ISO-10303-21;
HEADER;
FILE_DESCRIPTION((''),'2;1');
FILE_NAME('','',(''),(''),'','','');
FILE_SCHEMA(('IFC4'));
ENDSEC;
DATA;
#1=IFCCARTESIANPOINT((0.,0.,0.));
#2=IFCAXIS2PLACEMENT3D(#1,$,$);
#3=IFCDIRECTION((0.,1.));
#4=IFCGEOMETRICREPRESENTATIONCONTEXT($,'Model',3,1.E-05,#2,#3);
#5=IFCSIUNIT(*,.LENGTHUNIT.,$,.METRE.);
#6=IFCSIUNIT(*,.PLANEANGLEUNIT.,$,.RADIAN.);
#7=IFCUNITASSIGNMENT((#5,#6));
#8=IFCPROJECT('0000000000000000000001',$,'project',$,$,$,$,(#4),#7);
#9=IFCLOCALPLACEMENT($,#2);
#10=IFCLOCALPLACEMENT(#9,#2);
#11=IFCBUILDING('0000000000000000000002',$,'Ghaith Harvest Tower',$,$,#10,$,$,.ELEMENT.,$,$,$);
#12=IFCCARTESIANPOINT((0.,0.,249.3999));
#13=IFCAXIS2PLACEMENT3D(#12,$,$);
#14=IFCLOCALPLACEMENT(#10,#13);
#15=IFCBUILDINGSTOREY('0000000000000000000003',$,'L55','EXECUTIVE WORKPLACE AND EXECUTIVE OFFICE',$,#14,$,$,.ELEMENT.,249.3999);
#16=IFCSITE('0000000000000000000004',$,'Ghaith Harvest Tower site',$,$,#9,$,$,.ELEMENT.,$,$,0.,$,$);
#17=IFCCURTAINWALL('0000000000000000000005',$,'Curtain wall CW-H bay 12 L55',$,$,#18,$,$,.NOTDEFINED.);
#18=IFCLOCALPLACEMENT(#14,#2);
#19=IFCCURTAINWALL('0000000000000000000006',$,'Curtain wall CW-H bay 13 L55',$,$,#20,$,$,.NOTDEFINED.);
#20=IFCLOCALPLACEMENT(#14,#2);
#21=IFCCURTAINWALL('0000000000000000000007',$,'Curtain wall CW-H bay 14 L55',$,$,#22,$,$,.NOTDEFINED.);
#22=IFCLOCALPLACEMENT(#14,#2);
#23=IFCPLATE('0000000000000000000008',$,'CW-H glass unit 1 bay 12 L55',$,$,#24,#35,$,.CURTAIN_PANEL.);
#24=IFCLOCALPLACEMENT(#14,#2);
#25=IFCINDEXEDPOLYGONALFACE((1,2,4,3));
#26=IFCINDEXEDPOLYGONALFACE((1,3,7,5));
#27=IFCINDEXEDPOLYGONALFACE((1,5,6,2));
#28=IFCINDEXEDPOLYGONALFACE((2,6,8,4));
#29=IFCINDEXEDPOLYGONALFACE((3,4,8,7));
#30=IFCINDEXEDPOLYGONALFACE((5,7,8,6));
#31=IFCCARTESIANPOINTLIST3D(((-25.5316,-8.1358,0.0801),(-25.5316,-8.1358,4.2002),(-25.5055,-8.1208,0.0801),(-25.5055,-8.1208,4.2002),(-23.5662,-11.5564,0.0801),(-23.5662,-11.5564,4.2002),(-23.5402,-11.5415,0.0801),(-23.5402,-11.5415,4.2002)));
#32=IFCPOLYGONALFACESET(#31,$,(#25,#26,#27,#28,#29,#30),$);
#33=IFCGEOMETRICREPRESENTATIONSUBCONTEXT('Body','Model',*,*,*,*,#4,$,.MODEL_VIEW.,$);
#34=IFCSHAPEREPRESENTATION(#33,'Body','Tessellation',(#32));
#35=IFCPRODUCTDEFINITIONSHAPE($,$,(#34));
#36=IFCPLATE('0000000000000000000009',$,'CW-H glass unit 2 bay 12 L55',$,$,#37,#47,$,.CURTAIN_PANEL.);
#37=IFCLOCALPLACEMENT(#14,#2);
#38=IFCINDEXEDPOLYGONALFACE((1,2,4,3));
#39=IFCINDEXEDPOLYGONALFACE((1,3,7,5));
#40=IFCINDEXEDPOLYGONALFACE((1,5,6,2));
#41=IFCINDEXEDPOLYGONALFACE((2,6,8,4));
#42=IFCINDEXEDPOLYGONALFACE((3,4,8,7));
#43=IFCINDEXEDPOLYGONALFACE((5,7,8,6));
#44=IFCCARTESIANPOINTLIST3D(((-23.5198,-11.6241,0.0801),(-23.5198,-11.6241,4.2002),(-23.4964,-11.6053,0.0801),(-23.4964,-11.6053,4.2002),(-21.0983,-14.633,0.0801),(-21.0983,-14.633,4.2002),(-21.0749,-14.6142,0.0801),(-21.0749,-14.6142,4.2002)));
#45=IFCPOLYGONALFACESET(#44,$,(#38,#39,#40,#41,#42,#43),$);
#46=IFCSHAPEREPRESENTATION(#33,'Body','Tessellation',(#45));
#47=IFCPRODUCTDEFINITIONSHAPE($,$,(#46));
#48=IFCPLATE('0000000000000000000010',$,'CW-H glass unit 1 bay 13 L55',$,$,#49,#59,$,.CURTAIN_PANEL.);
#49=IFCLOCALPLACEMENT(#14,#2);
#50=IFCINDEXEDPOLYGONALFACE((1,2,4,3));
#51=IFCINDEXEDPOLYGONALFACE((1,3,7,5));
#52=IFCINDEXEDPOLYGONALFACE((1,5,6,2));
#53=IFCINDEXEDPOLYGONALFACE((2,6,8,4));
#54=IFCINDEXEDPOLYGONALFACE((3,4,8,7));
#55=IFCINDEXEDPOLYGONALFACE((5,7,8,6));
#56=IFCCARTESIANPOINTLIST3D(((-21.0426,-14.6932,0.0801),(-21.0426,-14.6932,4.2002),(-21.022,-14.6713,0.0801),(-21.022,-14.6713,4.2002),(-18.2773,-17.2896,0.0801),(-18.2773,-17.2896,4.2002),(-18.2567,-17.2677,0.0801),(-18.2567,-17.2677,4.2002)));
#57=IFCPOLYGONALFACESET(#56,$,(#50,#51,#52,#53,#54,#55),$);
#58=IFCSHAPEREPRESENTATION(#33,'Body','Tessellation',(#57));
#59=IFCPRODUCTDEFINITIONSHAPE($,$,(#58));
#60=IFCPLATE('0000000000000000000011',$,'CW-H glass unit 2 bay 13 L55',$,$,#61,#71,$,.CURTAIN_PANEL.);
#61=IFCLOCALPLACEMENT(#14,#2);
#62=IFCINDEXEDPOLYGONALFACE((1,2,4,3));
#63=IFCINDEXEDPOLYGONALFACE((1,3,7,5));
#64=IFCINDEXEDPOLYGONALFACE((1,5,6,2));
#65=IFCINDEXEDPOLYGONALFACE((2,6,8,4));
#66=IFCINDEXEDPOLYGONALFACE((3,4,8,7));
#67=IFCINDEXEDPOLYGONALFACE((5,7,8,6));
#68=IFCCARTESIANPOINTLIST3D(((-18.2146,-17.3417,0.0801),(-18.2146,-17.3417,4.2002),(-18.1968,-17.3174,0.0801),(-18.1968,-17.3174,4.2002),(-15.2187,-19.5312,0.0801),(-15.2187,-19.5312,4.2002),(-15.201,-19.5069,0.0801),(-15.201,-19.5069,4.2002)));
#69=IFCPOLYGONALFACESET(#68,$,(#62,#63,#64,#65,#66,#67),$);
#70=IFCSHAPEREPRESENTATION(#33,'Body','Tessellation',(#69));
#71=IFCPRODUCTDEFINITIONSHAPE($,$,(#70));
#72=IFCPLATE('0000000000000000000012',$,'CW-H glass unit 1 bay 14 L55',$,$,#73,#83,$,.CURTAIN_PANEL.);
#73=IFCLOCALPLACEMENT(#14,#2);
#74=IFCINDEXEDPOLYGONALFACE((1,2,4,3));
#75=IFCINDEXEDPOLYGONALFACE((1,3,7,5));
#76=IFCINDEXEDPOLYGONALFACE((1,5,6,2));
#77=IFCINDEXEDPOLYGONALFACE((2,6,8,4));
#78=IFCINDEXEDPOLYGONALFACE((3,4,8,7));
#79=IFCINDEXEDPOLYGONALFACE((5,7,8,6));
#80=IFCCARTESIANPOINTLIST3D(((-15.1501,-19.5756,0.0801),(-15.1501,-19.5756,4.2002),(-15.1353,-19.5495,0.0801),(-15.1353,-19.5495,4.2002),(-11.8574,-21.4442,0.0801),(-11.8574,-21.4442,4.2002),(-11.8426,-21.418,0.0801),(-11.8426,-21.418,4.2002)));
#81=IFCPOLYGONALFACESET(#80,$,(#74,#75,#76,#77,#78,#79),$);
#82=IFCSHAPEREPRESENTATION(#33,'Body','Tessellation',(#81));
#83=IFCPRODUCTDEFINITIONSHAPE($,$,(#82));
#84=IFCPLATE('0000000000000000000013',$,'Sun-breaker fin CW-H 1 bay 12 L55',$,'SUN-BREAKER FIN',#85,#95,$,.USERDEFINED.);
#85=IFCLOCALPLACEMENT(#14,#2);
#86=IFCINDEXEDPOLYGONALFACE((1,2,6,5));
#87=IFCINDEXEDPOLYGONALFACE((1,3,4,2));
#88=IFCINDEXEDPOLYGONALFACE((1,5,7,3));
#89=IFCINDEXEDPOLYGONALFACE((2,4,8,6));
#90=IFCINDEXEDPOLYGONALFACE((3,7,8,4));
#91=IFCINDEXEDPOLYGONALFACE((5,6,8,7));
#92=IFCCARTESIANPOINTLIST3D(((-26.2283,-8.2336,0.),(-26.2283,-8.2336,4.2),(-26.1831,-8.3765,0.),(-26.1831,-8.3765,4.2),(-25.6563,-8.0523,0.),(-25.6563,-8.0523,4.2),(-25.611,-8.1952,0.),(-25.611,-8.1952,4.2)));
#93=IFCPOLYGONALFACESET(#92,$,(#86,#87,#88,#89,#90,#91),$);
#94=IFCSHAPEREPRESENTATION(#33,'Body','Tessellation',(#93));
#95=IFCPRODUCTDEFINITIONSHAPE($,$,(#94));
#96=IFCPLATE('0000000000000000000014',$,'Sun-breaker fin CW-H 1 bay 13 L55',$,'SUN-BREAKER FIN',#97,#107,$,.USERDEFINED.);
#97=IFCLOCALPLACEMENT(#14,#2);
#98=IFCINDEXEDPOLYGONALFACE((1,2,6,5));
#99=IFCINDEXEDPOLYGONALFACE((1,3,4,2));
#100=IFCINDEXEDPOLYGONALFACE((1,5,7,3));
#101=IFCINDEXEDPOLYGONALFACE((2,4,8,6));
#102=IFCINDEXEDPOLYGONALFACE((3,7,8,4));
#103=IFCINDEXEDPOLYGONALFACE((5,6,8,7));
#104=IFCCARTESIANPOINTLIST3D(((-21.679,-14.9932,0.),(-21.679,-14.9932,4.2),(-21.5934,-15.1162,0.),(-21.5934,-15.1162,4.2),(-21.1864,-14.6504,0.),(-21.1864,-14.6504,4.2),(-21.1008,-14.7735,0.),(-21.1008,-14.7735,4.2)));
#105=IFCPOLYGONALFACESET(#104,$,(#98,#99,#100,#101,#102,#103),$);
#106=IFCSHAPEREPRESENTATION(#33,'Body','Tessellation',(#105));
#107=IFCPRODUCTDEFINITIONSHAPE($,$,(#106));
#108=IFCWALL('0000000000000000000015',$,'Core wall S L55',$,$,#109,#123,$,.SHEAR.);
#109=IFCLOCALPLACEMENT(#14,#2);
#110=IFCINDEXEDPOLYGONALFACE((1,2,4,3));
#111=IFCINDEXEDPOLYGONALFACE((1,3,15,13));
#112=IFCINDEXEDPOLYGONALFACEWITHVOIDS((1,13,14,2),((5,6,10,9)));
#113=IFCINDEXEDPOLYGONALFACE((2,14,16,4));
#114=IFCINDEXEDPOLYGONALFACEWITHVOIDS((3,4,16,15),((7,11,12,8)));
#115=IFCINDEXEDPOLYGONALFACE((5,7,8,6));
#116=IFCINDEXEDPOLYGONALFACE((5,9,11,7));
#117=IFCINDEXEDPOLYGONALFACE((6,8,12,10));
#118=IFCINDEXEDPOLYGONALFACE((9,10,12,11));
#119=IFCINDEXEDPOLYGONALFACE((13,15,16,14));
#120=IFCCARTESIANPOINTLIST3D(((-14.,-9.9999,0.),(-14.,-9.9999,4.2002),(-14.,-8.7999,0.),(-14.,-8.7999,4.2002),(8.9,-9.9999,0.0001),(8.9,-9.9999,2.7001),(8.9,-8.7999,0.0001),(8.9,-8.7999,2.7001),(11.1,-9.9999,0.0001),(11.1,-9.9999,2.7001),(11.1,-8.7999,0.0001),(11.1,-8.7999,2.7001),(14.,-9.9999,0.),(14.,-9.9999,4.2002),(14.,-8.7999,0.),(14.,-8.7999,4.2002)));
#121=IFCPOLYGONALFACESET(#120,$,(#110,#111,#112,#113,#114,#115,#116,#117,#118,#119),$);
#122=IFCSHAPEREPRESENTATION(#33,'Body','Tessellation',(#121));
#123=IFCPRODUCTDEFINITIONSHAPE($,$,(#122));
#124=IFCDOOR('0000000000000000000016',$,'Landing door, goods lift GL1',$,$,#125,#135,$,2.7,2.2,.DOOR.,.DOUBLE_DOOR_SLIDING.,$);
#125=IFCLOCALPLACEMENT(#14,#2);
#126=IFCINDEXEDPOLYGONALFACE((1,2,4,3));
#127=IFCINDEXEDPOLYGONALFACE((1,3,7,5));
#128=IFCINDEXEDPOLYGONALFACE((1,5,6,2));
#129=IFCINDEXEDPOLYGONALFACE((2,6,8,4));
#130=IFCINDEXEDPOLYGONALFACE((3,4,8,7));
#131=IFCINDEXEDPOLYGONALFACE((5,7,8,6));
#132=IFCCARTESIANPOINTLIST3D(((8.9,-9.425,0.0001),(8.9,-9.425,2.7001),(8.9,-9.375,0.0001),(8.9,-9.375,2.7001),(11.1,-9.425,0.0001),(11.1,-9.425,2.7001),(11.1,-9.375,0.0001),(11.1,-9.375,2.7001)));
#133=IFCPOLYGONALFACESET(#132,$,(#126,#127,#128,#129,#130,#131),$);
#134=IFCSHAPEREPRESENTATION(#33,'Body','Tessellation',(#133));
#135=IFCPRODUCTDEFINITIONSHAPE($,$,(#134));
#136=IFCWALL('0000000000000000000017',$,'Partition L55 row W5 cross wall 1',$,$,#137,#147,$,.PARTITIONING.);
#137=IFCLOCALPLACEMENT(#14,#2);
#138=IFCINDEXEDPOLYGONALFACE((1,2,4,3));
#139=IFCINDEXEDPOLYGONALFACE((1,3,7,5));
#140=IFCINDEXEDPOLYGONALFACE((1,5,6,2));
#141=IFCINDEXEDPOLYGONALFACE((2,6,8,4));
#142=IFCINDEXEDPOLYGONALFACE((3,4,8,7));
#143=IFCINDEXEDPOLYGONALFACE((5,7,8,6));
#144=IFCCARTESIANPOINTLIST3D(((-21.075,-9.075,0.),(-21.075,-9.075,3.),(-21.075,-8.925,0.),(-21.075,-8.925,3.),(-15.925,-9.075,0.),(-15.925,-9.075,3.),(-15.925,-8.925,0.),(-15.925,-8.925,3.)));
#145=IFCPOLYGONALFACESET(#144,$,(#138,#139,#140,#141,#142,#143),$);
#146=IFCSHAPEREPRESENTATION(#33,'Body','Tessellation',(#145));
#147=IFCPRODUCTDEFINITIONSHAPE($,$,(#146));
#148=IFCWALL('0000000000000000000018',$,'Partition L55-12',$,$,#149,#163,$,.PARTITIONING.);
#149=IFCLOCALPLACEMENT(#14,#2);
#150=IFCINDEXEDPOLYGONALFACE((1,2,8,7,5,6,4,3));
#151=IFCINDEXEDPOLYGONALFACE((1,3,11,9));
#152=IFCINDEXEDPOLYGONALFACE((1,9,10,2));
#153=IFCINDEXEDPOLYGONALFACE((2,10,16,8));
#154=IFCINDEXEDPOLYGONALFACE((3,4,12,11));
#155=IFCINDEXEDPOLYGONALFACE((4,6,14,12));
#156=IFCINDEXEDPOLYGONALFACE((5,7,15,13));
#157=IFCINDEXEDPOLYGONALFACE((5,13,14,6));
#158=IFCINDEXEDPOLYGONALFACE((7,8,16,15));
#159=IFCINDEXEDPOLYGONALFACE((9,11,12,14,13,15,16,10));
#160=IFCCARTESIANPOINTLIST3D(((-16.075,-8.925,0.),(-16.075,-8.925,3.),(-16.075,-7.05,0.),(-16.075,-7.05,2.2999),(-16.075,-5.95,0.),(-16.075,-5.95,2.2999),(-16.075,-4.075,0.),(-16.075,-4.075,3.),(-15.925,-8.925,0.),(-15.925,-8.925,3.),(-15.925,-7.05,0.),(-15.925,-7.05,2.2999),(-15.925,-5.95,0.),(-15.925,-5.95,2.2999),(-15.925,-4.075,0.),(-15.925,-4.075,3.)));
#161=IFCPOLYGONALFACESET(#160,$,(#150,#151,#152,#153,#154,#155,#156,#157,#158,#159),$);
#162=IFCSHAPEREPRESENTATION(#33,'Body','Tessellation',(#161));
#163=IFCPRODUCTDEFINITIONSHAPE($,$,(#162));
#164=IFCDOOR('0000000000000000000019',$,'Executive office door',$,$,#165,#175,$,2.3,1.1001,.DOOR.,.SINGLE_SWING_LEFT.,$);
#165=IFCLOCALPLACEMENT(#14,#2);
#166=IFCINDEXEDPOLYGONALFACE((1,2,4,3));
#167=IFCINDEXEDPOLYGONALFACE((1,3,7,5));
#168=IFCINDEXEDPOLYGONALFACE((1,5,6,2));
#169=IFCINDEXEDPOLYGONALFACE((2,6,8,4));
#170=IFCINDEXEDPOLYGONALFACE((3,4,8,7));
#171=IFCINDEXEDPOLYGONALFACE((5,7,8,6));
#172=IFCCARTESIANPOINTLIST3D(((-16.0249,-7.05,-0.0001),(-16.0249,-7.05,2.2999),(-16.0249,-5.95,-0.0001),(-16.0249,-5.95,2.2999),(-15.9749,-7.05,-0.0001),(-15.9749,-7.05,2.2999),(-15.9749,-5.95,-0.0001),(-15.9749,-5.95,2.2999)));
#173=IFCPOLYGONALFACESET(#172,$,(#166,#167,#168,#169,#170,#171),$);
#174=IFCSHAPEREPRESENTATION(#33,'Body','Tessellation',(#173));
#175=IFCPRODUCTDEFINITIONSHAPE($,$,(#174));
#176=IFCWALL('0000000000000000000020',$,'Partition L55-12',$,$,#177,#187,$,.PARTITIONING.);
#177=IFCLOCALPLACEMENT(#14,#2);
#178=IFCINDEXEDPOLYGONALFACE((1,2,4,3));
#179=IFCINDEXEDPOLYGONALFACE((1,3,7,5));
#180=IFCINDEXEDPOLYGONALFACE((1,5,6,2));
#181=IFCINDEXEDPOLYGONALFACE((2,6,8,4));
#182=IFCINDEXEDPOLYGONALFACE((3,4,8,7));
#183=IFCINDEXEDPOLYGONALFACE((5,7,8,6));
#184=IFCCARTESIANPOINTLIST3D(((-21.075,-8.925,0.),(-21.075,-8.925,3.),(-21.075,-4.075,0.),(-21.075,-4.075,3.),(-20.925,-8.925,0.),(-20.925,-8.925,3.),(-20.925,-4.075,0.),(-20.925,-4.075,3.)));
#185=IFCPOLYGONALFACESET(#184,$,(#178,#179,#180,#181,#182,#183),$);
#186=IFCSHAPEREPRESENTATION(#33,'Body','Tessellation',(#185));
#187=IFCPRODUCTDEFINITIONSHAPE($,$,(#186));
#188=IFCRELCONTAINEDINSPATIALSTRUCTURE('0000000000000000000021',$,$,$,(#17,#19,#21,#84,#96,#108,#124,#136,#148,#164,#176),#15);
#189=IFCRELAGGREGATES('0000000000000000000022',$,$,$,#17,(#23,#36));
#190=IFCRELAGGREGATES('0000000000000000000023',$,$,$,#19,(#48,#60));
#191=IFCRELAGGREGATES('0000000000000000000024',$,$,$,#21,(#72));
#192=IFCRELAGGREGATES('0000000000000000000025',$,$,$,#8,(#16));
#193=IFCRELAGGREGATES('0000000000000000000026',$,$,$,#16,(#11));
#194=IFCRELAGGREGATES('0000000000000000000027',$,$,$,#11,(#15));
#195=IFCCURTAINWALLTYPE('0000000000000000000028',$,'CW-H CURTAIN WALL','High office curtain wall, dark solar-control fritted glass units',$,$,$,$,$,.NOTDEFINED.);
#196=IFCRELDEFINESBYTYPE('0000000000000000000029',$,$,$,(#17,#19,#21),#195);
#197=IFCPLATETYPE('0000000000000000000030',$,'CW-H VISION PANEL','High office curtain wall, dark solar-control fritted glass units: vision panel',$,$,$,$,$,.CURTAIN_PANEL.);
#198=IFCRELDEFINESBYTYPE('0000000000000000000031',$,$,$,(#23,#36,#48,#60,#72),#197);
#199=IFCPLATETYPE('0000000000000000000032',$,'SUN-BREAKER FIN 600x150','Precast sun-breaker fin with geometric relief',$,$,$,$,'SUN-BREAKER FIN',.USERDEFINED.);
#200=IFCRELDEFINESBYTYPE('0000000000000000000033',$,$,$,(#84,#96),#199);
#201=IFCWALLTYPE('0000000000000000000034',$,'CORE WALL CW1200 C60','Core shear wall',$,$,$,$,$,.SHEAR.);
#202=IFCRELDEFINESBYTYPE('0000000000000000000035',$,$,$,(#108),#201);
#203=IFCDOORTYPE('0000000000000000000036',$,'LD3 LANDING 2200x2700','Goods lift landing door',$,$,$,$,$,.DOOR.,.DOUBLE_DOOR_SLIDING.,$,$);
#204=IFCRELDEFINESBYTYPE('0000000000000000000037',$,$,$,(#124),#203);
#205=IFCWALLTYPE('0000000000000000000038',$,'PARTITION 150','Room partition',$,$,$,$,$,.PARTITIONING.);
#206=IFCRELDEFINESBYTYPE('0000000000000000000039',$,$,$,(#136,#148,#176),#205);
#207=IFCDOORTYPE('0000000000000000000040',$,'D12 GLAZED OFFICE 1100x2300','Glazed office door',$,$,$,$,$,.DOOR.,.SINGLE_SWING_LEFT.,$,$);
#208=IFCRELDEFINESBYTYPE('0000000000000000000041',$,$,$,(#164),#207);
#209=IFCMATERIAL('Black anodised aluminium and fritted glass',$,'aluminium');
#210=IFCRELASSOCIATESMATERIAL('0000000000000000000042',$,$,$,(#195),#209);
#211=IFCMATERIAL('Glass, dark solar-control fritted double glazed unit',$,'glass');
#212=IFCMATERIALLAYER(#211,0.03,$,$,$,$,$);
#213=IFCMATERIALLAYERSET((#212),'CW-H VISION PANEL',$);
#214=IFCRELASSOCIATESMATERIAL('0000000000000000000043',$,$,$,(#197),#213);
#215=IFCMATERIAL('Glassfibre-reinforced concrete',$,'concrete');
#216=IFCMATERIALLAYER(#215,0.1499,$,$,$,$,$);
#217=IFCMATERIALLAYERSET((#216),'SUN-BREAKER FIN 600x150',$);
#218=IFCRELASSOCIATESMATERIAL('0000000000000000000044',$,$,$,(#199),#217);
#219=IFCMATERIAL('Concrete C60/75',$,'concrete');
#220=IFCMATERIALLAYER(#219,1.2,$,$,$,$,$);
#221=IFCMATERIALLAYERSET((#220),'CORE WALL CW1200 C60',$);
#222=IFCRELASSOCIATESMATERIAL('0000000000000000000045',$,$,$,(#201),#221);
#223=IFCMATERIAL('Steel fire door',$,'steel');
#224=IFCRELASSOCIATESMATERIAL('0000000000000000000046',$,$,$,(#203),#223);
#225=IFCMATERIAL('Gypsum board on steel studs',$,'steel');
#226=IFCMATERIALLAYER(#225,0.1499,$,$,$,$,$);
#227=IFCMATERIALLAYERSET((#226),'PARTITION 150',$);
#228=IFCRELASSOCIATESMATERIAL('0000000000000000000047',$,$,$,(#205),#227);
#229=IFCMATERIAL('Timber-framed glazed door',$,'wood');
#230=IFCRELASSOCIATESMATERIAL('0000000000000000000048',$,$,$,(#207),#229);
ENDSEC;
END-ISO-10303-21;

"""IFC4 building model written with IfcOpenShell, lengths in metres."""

from ifc_helpers import new_model, si_unit, direction, frame, frame_2d, origin, origin_2d, place, context, subcontext, project, spatial, rectangle, extrude, material, layer, layer_set, type_object, element, fill, aggregate, save


model = new_model("IFC4")

# Units and contexts
model_context = context("Model", 3, precision=1e-05, world=origin(), true_north=direction((0.0, 1.0)))
body_context = subcontext(model_context, "Body", "Model", "MODEL_VIEW")
ifc_project = project(units=[si_unit("LENGTHUNIT", "METRE"), si_unit("PLANEANGLEUNIT", "RADIAN")], contexts=[model_context])

# Site, building, storey
site_placement = place(None, origin())
site = spatial("IfcSite", under=ifc_project, at=site_placement, Name="Ghaith Harvest Tower site", CompositionType="ELEMENT", RefElevation=0.0)
building_placement = place(site_placement, origin())
building = spatial("IfcBuilding", under=site, at=building_placement, Name="Ghaith Harvest Tower", CompositionType="ELEMENT")
storey_placement = place(building_placement, frame((0.0, 0.0, 249.3999)))
storey = spatial("IfcBuildingStorey", under=building, at=storey_placement, Name="L55", Description="EXECUTIVE WORKPLACE AND EXECUTIVE OFFICE", CompositionType="ELEMENT", Elevation=249.3999)

# Curtain wall
ifc_material_1 = material(Name="Black anodised aluminium and fritted glass", Category="aluminium")
curtain_wall_type = type_object("IfcCurtainWallType", Name="CW-H CURTAIN WALL", Description="High office curtain wall, dark solar-control fritted glass units", PredefinedType="NOTDEFINED", material=ifc_material_1)
curtain_wall_1_placement = place(storey_placement, origin())
curtain_wall_1 = element("IfcCurtainWall", 1, at=curtain_wall_1_placement, inside=storey, type_object=curtain_wall_type, Name="Curtain wall CW-H bay 12 L55", PredefinedType="NOTDEFINED")

# Curtain wall
curtain_wall_2_placement = place(storey_placement, origin())
curtain_wall_2 = element("IfcCurtainWall", 2, at=curtain_wall_2_placement, inside=storey, type_object=curtain_wall_type, Name="Curtain wall CW-H bay 13 L55", PredefinedType="NOTDEFINED")

# Curtain wall
curtain_wall_3_placement = place(storey_placement, origin())
curtain_wall_3 = element("IfcCurtainWall", 3, at=curtain_wall_3_placement, inside=storey, type_object=curtain_wall_type, Name="Curtain wall CW-H bay 14 L55", PredefinedType="NOTDEFINED")

# Plates
ifc_material_2 = material(Name="Glass, dark solar-control fritted double glazed unit", Category="glass")
ifc_layer_1 = layer(ifc_material_2, 0.03)
ifc_layer_set_1 = layer_set([ifc_layer_1], Name="CW-H VISION PANEL")
plate_type_1 = type_object("IfcPlateType", Name="CW-H VISION PANEL", Description="High office curtain wall, dark solar-control fritted glass units: vision panel", PredefinedType="CURTAIN_PANEL", material=ifc_layer_set_1)
plate_1_placement = place(storey_placement, frame((-24.5359, -9.8386, 0.0801), z_axis=(0.0, 0.0, 1.0), x_axis=(0.49818, -0.867074, 0.0)))
plate_1 = element("IfcPlate", 4, at=plate_1_placement, type_object=plate_type_1, Name="CW-H glass unit 1 bay 12 L55", PredefinedType="CURTAIN_PANEL", context=body_context, shape_type="SweptSolid", body=[
    extrude(rectangle(XDim=3.9451, YDim=0.03, at=origin_2d()), origin(), (0.0, 0.0, 1.0), 4.1201),
])
plate_2_placement = place(storey_placement, frame((-22.2974, -13.1191, 0.0801), z_axis=(0.0, 0.0, 1.0), x_axis=(0.626957, -0.779054, 0.0)))
plate_2 = element("IfcPlate", 5, at=plate_2_placement, type_object=plate_type_1, Name="CW-H glass unit 2 bay 12 L55", PredefinedType="CURTAIN_PANEL", context=body_context, shape_type="SweptSolid", body=[
    extrude(rectangle(XDim=3.8623, YDim=0.03, at=origin_2d()), origin(), (0.0, 0.0, 1.0), 4.1201),
])
aggregate(curtain_wall_1, [plate_1, plate_2])
plate_3_placement = place(storey_placement, frame((-19.6497, -15.9805, 0.0801), z_axis=(0.0, 0.0, 1.0), x_axis=(0.729017, -0.684496, 0.0)))
plate_3 = element("IfcPlate", 6, at=plate_3_placement, type_object=plate_type_1, Name="CW-H glass unit 1 bay 13 L55", PredefinedType="CURTAIN_PANEL", context=body_context, shape_type="SweptSolid", body=[
    extrude(rectangle(XDim=3.7932, YDim=0.03, at=origin_2d()), origin(), (0.0, 0.0, 1.0), 4.1201),
])
plate_4_placement = place(storey_placement, frame((-16.7078, -18.4243, 0.0801), z_axis=(0.0, 0.0, 1.0), x_axis=(0.807364, -0.590054, 0.0)))
plate_4 = element("IfcPlate", 7, at=plate_4_placement, type_object=plate_type_1, Name="CW-H glass unit 2 bay 13 L55", PredefinedType="CURTAIN_PANEL", context=body_context, shape_type="SweptSolid", body=[
    extrude(rectangle(XDim=3.7107, YDim=0.03, at=origin_2d()), origin(), (0.0, 0.0, 1.0), 4.1201),
])
aggregate(curtain_wall_2, [plate_3, plate_4])
plate_5_placement = place(storey_placement, frame((-13.4963, -20.4968, 0.0801), z_axis=(0.0, 0.0, 1.0), x_axis=(0.869715, -0.493554, 0.0)))
plate_5 = element("IfcPlate", 8, at=plate_5_placement, type_object=plate_type_1, Name="CW-H glass unit 1 bay 14 L55", PredefinedType="CURTAIN_PANEL", context=body_context, shape_type="SweptSolid", body=[
    extrude(rectangle(XDim=3.7859, YDim=0.03, at=origin_2d()), origin(), (0.0, 0.0, 1.0), 4.1201),
])
aggregate(curtain_wall_3, [plate_5])

# Plates
ifc_material_3 = material(Name="Glassfibre-reinforced concrete", Category="concrete")
ifc_layer_2 = layer(ifc_material_3, 0.1499)
ifc_layer_set_2 = layer_set([ifc_layer_2], Name="SUN-BREAKER FIN 600x150")
plate_type_2 = type_object("IfcPlateType", Name="SUN-BREAKER FIN 600x150", Description="Precast sun-breaker fin with geometric relief", ElementType="SUN-BREAKER FIN", PredefinedType="USERDEFINED", material=ifc_layer_set_2)
for number, where, z_axis, x_axis, name in (
    (9, (-25.9197, -8.2144, 0.0), (0.0, 0.0, 1.0), (-0.953273, -0.30211, 0.0), "Sun-breaker fin CW-H 1 bay 12 L55"),
    (10, (-21.3899, -14.8833, 0.0), (0.0, 0.0, 1.0), (-0.820845, -0.57115, 0.0), "Sun-breaker fin CW-H 1 bay 13 L55"),
):
    element("IfcPlate", number, at=place(storey_placement, frame(where, z_axis=z_axis, x_axis=x_axis)), inside=storey, type_object=plate_type_2, Name=name, ObjectType="SUN-BREAKER FIN", PredefinedType="USERDEFINED", context=body_context, shape_type="SweptSolid", body=[
        extrude(rectangle(XDim=0.6001, YDim=0.1499, at=origin_2d()), origin(), (0.0, 0.0, 1.0), 4.2),
    ])

# Wall, opening, door
ifc_material_4 = material(Name="Concrete C60/75", Category="concrete")
ifc_layer_3 = layer(ifc_material_4, 1.2)
ifc_layer_set_3 = layer_set([ifc_layer_3], Name="CORE WALL CW1200 C60")
wall_type_1 = type_object("IfcWallType", Name="CORE WALL CW1200 C60", Description="Core shear wall", PredefinedType="SHEAR", material=ifc_layer_set_3)
wall_1_placement = place(storey_placement, frame((-14.0, -9.3999, 0.0), z_axis=(0.0, 0.0, 1.0), x_axis=(1.0, 0.0, 0.0)))
wall_1 = element("IfcWall", 11, at=wall_1_placement, inside=storey, type_object=wall_type_1, Name="Core wall S L55", PredefinedType="SHEAR", context=body_context, shape_type="SweptSolid", body=[
    extrude(rectangle(XDim=28.0, YDim=1.2, at=frame_2d((14.0, 0.0))), origin(), (0.0, 0.0, 1.0), 4.2002),
])
opening_1_placement = place(wall_1_placement, frame((22.8999, 0.0, 0.0)))
opening_1 = element("IfcOpeningElement", 12, at=opening_1_placement, cuts=wall_1, PredefinedType="OPENING", context=body_context, shape_type="SweptSolid", body=[
    extrude(rectangle(XDim=2.2, YDim=2.7, at=frame_2d((1.1001, 1.3501))), frame((0.0, 0.6099, 0.0), z_axis=(0.0, -1.0, 0.0), x_axis=(1.0, 0.0, 0.0)), (0.0, 0.0, 1.0), 1.22),
])
ifc_material_5 = material(Name="Steel fire door", Category="steel")
door_type_1 = type_object("IfcDoorType", Name="LD3 LANDING 2200x2700", Description="Goods lift landing door", OperationType="DOUBLE_DOOR_SLIDING", PredefinedType="DOOR", material=ifc_material_5)
door_1_placement = place(opening_1_placement, origin())
door_1 = element("IfcDoor", 13, at=door_1_placement, inside=storey, type_object=door_type_1, Name="Landing door, goods lift GL1", OperationType="DOUBLE_DOOR_SLIDING", OverallHeight=2.7, OverallWidth=2.2, PredefinedType="DOOR", context=body_context, shape_type="SweptSolid", body=[
    extrude(rectangle(XDim=2.2, YDim=2.7, at=frame_2d((1.1001, 1.3501))), frame((0.0, 0.0249, 0.0), z_axis=(0.0, -1.0, 0.0), x_axis=(1.0, 0.0, 0.0)), (0.0, 0.0, 1.0), 0.05),
])
fill(opening_1, door_1)

# Wall
ifc_material_6 = material(Name="Gypsum board on steel studs", Category="steel")
ifc_layer_4 = layer(ifc_material_6, 0.1499)
ifc_layer_set_4 = layer_set([ifc_layer_4], Name="PARTITION 150")
wall_type_2 = type_object("IfcWallType", Name="PARTITION 150", Description="Room partition", PredefinedType="PARTITIONING", material=ifc_layer_set_4)
wall_2_placement = place(storey_placement, frame((-15.925, -9.0, 0.0), z_axis=(0.0, 0.0, 1.0), x_axis=(-1.0, 0.0, 0.0)))
element("IfcWall", 14, at=wall_2_placement, inside=storey, type_object=wall_type_2, Name="Partition L55 row W5 cross wall 1", PredefinedType="PARTITIONING", context=body_context, shape_type="SweptSolid", body=[
    extrude(rectangle(XDim=5.1499, YDim=0.1499, at=frame_2d((2.575, 0.0))), origin(), (0.0, 0.0, 1.0), 3.0),
])

# Wall, opening, door
wall_3_placement = place(storey_placement, frame((-16.0, -8.925, 0.0), z_axis=(0.0, 0.0, 1.0), x_axis=(0.0, 1.0, 0.0)))
wall_3 = element("IfcWall", 15, at=wall_3_placement, inside=storey, type_object=wall_type_2, Name="Partition L55-12", PredefinedType="PARTITIONING", context=body_context, shape_type="SweptSolid", body=[
    extrude(rectangle(XDim=4.8501, YDim=0.1499, at=frame_2d((2.425, 0.0))), origin(), (0.0, 0.0, 1.0), 3.0),
])
opening_2_placement = place(wall_3_placement, frame((1.875, 0.0, 0.0)))
opening_2 = element("IfcOpeningElement", 16, at=opening_2_placement, cuts=wall_3, PredefinedType="OPENING", context=body_context, shape_type="SweptSolid", body=[
    extrude(rectangle(XDim=1.1001, YDim=2.3, at=frame_2d((0.55, 1.1499))), frame((0.0, 0.085, 0.0), z_axis=(0.0, -1.0, 0.0), x_axis=(1.0, 0.0, 0.0)), (0.0, 0.0, 1.0), 0.1699),
])
ifc_material_7 = material(Name="Timber-framed glazed door", Category="wood")
door_type_2 = type_object("IfcDoorType", Name="D12 GLAZED OFFICE 1100x2300", Description="Glazed office door", OperationType="SINGLE_SWING_LEFT", PredefinedType="DOOR", material=ifc_material_7)
door_2_placement = place(opening_2_placement, origin())
door_2 = element("IfcDoor", 17, at=door_2_placement, inside=storey, type_object=door_type_2, Name="Executive office door", OperationType="SINGLE_SWING_LEFT", OverallHeight=2.3, OverallWidth=1.1001, PredefinedType="DOOR", context=body_context, shape_type="SweptSolid", body=[
    extrude(rectangle(XDim=1.1001, YDim=2.3, at=frame_2d((0.55, 1.1499))), frame((0.0, 0.0249, 0.0), z_axis=(0.0, -1.0, 0.0), x_axis=(1.0, 0.0, 0.0)), (0.0, 0.0, 1.0), 0.05),
])
fill(opening_2, door_2)

# Wall
wall_4_placement = place(storey_placement, frame((-21.0, -8.925, 0.0), z_axis=(0.0, 0.0, 1.0), x_axis=(0.0, 1.0, 0.0)))
element("IfcWall", 18, at=wall_4_placement, inside=storey, type_object=wall_type_2, Name="Partition L55-12", PredefinedType="PARTITIONING", context=body_context, shape_type="SweptSolid", body=[
    extrude(rectangle(XDim=4.8501, YDim=0.1499, at=frame_2d((2.425, 0.0))), origin(), (0.0, 0.0, 1.0), 3.0),
])

save(model, "model.ifc")
